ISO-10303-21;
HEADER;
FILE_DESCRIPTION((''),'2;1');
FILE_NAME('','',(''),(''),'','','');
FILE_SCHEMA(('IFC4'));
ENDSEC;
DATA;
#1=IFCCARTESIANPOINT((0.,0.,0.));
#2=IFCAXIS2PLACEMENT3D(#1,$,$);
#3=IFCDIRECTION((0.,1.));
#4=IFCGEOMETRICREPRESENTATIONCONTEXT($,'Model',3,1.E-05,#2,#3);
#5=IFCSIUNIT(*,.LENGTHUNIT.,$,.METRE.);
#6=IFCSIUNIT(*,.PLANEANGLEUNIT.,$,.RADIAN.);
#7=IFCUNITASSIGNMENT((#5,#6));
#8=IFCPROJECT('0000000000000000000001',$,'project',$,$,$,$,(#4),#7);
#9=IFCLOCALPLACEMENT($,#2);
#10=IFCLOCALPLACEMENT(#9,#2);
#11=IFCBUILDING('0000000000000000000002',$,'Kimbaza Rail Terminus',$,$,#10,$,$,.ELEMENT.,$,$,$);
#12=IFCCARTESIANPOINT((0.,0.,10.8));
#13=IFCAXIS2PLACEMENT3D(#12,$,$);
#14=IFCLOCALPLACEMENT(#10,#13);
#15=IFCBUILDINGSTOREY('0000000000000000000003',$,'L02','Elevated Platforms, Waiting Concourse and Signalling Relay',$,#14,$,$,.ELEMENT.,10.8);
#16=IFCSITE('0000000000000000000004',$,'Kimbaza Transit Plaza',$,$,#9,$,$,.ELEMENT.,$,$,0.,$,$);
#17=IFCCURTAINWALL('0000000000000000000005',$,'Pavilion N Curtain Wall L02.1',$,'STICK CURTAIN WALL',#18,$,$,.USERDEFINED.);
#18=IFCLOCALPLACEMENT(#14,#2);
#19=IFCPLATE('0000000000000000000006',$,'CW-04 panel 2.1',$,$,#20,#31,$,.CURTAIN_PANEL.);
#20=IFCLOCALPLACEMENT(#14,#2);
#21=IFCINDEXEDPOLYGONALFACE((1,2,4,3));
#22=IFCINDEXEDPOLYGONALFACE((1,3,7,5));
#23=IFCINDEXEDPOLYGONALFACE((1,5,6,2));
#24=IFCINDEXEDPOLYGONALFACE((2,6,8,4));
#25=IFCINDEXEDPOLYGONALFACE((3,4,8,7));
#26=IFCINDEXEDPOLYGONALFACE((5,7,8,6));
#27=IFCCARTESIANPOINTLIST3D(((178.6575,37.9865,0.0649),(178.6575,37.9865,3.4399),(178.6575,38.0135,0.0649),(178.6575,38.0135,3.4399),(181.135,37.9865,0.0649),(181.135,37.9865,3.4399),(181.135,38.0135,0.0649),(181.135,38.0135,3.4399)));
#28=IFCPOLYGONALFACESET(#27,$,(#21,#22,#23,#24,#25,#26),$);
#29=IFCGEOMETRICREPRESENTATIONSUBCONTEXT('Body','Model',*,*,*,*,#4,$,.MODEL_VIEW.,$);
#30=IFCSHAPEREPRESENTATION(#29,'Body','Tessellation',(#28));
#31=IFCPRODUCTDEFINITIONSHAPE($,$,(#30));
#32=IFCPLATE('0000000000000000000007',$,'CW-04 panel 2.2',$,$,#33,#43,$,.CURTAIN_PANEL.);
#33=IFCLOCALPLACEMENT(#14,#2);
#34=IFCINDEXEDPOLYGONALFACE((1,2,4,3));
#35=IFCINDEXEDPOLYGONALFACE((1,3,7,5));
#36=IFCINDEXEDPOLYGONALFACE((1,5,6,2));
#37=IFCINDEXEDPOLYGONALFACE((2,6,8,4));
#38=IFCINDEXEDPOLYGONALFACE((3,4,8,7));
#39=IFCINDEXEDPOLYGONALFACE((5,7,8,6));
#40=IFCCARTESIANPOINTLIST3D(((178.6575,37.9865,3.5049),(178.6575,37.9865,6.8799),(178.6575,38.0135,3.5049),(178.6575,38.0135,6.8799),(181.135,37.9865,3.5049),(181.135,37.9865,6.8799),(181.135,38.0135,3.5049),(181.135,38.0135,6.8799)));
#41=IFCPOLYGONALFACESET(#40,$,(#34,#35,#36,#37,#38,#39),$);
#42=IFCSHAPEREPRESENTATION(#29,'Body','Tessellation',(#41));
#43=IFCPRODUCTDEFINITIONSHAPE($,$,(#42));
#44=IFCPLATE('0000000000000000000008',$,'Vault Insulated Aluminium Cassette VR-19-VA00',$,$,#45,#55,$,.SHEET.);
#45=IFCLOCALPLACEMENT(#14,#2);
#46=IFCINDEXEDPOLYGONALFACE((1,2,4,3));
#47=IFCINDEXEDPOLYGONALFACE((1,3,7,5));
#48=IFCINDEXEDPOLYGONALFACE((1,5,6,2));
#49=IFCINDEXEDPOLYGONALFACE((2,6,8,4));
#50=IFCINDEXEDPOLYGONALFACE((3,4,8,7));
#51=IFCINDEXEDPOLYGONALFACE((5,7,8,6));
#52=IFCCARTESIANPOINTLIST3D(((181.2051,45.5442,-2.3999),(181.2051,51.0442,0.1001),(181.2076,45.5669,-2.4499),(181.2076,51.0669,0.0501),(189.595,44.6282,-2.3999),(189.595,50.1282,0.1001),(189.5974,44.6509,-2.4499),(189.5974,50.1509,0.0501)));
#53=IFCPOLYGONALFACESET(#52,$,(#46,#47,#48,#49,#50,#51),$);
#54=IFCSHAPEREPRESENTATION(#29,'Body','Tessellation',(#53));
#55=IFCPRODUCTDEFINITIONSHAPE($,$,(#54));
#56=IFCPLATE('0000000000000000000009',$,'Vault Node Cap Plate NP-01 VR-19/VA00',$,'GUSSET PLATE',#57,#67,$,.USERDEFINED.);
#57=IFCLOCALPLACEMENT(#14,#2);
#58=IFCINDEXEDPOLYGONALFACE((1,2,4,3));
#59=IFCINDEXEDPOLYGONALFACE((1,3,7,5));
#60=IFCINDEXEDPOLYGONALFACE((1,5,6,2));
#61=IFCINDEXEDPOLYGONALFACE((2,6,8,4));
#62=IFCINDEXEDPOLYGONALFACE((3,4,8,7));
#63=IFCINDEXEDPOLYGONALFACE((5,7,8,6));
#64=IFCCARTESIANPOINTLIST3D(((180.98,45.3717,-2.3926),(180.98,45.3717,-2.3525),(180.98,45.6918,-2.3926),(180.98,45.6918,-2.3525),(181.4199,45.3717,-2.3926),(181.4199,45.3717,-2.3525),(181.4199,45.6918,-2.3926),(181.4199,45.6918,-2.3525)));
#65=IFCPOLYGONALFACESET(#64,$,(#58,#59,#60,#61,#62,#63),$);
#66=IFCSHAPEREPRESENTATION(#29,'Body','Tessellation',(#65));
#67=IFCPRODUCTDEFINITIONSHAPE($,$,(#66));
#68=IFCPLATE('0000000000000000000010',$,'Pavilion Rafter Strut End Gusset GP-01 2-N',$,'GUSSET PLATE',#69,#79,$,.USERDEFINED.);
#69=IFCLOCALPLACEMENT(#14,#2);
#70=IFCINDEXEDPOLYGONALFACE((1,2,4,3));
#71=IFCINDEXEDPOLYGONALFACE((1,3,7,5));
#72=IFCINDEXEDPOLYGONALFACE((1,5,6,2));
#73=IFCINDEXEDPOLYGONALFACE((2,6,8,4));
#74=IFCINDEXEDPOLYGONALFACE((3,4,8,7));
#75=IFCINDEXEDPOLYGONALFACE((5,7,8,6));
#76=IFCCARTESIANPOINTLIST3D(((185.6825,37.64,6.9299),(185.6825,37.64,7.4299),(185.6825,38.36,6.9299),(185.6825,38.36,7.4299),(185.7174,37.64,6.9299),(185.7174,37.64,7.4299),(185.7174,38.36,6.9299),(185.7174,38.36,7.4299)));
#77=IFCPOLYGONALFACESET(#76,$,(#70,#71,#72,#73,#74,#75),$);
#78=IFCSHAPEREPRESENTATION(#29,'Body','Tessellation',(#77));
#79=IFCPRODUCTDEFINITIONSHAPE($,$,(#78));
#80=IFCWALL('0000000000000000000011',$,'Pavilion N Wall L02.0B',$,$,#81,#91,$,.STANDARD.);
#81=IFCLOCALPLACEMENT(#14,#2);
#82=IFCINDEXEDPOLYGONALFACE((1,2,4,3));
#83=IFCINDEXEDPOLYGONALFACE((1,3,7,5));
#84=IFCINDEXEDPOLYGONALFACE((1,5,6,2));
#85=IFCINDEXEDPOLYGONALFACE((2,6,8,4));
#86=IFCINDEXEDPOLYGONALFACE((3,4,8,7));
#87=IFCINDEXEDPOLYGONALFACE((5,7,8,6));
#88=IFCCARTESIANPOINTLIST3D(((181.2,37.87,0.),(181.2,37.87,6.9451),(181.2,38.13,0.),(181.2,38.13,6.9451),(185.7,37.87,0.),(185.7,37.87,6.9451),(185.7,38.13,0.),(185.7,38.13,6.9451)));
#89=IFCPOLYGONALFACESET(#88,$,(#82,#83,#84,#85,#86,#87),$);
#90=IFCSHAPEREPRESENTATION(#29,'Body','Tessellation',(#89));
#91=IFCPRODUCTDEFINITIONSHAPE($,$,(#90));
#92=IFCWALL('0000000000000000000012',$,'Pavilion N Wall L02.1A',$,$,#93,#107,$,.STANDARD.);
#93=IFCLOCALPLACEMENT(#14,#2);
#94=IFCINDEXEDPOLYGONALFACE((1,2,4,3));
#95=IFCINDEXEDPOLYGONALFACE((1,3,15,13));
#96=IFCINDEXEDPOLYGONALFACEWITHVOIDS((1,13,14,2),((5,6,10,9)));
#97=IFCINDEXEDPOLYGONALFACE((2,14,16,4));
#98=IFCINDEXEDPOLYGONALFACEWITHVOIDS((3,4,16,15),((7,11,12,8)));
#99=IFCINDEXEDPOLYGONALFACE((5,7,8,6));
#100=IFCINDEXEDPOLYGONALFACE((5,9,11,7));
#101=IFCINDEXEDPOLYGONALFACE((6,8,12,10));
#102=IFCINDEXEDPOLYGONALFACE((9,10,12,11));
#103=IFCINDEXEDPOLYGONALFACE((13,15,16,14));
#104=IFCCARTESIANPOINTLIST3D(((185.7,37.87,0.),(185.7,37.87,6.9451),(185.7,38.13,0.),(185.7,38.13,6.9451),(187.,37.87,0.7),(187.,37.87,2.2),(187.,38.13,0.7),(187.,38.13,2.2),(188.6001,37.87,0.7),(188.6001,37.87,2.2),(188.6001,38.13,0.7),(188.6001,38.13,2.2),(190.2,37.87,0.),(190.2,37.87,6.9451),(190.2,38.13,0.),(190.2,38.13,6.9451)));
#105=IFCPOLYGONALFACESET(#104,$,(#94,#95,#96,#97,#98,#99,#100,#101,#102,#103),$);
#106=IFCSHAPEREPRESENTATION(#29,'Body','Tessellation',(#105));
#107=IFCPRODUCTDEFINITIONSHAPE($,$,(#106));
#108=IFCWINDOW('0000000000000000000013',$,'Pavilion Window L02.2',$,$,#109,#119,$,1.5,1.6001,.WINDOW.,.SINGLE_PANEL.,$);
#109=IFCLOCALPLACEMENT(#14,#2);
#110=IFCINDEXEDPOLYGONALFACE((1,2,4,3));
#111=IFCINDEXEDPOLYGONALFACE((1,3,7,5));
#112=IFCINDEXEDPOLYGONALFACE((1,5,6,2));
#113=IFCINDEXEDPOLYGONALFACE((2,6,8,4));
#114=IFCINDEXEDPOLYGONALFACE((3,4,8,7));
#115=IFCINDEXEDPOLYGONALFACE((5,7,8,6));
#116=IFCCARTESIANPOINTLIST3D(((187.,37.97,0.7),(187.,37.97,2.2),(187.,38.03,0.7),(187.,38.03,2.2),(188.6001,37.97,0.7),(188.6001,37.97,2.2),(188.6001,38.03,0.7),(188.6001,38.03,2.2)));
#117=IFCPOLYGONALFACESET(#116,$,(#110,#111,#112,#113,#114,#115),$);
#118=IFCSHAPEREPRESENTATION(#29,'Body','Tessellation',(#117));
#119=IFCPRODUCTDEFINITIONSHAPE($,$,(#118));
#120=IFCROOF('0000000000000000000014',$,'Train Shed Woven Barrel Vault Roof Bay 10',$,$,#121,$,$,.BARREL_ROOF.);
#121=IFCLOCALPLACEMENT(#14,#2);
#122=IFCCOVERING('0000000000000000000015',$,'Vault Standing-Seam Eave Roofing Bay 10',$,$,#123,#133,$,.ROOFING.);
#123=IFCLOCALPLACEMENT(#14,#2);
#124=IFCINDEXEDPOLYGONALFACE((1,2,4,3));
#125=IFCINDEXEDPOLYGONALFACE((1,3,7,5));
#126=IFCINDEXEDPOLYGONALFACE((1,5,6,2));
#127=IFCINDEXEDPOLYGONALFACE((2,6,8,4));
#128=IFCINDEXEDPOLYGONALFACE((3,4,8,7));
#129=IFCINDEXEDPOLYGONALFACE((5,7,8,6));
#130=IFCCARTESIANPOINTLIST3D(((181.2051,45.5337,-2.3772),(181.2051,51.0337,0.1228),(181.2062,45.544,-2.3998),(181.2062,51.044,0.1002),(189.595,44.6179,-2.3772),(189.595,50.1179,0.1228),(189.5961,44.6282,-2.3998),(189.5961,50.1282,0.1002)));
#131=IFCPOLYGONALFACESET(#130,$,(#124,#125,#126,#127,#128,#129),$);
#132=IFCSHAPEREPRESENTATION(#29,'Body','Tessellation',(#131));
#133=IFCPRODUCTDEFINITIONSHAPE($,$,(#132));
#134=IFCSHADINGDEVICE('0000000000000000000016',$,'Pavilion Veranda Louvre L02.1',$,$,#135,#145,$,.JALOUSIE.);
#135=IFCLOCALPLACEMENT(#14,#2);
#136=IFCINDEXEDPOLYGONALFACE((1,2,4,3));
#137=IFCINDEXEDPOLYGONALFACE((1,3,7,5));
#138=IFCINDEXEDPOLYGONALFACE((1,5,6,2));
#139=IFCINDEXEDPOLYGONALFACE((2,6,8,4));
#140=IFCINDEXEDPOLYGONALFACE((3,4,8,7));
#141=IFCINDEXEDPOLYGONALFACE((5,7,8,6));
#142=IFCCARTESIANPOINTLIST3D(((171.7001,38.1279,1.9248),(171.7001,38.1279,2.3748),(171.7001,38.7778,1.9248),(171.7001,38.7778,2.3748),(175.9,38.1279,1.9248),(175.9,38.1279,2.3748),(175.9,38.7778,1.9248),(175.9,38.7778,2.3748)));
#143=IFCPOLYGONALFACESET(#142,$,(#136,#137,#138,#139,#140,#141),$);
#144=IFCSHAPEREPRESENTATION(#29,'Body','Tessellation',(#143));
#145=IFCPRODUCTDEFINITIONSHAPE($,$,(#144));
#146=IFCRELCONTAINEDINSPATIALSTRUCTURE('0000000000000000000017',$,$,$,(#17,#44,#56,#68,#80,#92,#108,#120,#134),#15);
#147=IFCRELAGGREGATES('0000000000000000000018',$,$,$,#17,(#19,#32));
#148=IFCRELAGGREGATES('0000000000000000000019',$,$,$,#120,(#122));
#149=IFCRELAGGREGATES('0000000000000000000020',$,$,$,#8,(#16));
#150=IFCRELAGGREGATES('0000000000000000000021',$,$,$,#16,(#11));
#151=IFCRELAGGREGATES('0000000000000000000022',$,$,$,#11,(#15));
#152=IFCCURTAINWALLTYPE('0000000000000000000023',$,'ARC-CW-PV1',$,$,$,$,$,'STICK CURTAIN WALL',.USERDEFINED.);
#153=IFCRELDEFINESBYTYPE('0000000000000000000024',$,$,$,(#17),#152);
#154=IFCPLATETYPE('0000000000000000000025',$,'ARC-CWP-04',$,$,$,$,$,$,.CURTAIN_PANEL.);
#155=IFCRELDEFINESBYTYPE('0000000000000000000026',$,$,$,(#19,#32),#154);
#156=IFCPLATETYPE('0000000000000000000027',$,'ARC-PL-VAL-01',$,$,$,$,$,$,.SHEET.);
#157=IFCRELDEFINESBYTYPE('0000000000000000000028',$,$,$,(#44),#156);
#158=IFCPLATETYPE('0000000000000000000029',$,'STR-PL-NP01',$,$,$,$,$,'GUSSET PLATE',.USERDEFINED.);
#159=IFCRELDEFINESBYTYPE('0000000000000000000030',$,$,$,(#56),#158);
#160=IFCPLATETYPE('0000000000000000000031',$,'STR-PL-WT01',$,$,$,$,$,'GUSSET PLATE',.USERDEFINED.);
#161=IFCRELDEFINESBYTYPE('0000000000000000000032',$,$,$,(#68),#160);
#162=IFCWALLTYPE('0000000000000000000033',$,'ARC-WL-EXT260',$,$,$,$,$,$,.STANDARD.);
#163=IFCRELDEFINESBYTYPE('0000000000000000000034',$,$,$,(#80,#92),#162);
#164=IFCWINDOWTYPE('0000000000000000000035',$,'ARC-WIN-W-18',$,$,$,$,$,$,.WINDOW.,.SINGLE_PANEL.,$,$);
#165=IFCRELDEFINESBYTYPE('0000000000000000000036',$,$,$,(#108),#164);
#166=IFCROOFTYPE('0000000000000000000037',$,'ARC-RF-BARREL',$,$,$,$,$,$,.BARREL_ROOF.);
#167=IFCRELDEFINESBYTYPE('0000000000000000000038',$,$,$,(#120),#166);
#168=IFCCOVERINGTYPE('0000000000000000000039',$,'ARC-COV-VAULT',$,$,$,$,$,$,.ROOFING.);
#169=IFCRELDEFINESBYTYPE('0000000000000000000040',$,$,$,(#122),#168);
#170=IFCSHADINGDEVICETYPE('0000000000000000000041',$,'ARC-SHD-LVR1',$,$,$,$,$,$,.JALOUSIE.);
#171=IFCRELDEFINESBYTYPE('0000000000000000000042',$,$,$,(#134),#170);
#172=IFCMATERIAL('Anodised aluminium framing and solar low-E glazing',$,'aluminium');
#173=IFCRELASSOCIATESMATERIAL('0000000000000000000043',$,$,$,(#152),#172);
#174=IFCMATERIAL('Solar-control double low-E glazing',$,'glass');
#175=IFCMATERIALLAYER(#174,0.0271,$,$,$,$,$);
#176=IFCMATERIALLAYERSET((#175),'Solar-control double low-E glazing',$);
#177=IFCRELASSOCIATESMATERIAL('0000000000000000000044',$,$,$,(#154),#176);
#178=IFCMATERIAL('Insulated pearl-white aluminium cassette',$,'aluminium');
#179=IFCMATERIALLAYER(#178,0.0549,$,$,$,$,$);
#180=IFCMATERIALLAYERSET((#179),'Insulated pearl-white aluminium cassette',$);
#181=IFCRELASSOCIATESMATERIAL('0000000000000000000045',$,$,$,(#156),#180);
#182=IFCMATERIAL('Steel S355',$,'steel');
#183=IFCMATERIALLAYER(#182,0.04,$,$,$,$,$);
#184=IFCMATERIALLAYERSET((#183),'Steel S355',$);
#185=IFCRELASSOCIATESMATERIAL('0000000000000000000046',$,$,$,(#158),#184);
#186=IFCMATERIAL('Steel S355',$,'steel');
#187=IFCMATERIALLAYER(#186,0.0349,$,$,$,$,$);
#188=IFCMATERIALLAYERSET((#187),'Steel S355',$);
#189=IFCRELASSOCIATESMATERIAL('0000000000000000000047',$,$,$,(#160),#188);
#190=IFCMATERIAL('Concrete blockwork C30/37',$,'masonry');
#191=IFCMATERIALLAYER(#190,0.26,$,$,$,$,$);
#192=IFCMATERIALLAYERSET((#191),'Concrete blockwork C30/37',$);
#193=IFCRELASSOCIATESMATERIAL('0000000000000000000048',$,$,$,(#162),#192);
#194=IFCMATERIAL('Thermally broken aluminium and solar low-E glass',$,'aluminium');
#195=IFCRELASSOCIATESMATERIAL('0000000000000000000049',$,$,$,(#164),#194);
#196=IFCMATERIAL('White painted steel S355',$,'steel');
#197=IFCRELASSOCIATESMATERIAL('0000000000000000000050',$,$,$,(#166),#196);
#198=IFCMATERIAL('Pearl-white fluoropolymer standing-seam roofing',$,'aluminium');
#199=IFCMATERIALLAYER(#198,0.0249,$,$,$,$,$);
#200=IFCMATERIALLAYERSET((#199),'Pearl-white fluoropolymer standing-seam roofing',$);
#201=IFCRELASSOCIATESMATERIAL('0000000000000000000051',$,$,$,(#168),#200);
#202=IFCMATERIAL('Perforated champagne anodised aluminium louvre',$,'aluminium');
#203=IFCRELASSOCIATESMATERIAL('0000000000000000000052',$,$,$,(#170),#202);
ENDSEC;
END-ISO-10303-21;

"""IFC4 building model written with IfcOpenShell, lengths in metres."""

from ifc_helpers import new_model, si_unit, direction, frame, frame_2d, origin, origin_2d, place, context, subcontext, project, spatial, polyline, rectangle, outline, extrude, material, layer, layer_set, type_object, element, fill, aggregate, save


model = new_model("IFC4")

# Units and contexts
model_context = context("Model", 3, precision=1e-05, world=origin(), true_north=direction((0.0, 1.0)))
body_context = subcontext(model_context, "Body", "Model", "MODEL_VIEW")
ifc_project = project(units=[si_unit("LENGTHUNIT", "METRE"), si_unit("PLANEANGLEUNIT", "RADIAN")], contexts=[model_context])

# Site, building, storey
site_placement = place(None, origin())
site = spatial("IfcSite", under=ifc_project, at=site_placement, Name="Kimbaza Transit Plaza", CompositionType="ELEMENT", RefElevation=0.0)
building_placement = place(site_placement, origin())
building = spatial("IfcBuilding", under=site, at=building_placement, Name="Kimbaza Rail Terminus", CompositionType="ELEMENT")
storey_placement = place(building_placement, frame((0.0, 0.0, 10.8)))
storey = spatial("IfcBuildingStorey", under=building, at=storey_placement, Name="L02", Description="Elevated Platforms, Waiting Concourse and Signalling Relay", CompositionType="ELEMENT", Elevation=10.8)

# Curtain wall
ifc_material_1 = material(Name="Anodised aluminium framing and solar low-E glazing", Category="aluminium")
curtain_wall_type = type_object("IfcCurtainWallType", Name="ARC-CW-PV1", ElementType="STICK CURTAIN WALL", PredefinedType="USERDEFINED", material=ifc_material_1)
curtain_wall_placement = place(storey_placement, origin())
curtain_wall = element("IfcCurtainWall", 1, at=curtain_wall_placement, inside=storey, type_object=curtain_wall_type, Name="Pavilion N Curtain Wall L02.1", ObjectType="STICK CURTAIN WALL", PredefinedType="USERDEFINED")

# Plates
ifc_material_2 = material(Name="Solar-control double low-E glazing", Category="glass")
ifc_layer_1 = layer(ifc_material_2, 0.0271)
ifc_layer_set_1 = layer_set([ifc_layer_1], Name="Solar-control double low-E glazing")
plate_type_1 = type_object("IfcPlateType", Name="ARC-CWP-04", PredefinedType="CURTAIN_PANEL", material=ifc_layer_set_1)
plate_1_placement = place(storey_placement, frame((179.8962, 38.0, 0.0649), z_axis=(0.0, 0.0, 1.0), x_axis=(1.0, 0.0, 0.0)))
plate_1 = element("IfcPlate", 2, at=plate_1_placement, type_object=plate_type_1, Name="CW-04 panel 2.1", PredefinedType="CURTAIN_PANEL", context=body_context, shape_type="SweptSolid", body=[
    extrude(rectangle(XDim=2.4775, YDim=0.0271, at=origin_2d()), origin(), (0.0, 0.0, 1.0), 3.375),
])
plate_2_placement = place(storey_placement, frame((179.8962, 38.0, 3.5049), z_axis=(0.0, 0.0, 1.0), x_axis=(1.0, 0.0, 0.0)))
plate_2 = element("IfcPlate", 3, at=plate_2_placement, type_object=plate_type_1, Name="CW-04 panel 2.2", PredefinedType="CURTAIN_PANEL", context=body_context, shape_type="SweptSolid", body=[
    extrude(rectangle(XDim=2.4775, YDim=0.0271, at=origin_2d()), origin(), (0.0, 0.0, 1.0), 3.375),
])
aggregate(curtain_wall, [plate_1, plate_2])

# Plates
ifc_material_3 = material(Name="Insulated pearl-white aluminium cassette", Category="aluminium")
ifc_layer_2 = layer(ifc_material_3, 0.0549)
ifc_layer_set_2 = layer_set([ifc_layer_2], Name="Insulated pearl-white aluminium cassette")
plate_type_2 = type_object("IfcPlateType", Name="ARC-PL-VAL-01", PredefinedType="SHEET", material=ifc_layer_set_2)
plate_3_placement = place(storey_placement, frame((181.2051, 45.5442, -2.3999), z_axis=(-0.045133, -0.413381, 0.909439), x_axis=(0.994093, -0.108536, 0.0)))
element("IfcPlate", 4, at=plate_3_placement, inside=storey, type_object=plate_type_2, Name="Vault Insulated Aluminium Cassette VR-19-VA00", PredefinedType="SHEET", context=body_context, shape_type="SweptSolid", body=[
    extrude(outline(polyline([(0.0, 0.0), (8.4398, 0.0), (7.8428, 6.012), (-0.5969, 6.012), (0.0, 0.0)])), origin(), (0.0, 0.0, -1.0), 0.0549),
])
ifc_material_4 = material(Name="Steel S355", Category="steel")
ifc_layer_3 = layer(ifc_material_4, 0.04)
ifc_layer_set_3 = layer_set([ifc_layer_3], Name="Steel S355")
plate_type_3 = type_object("IfcPlateType", Name="STR-PL-NP01", ElementType="GUSSET PLATE", PredefinedType="USERDEFINED", material=ifc_layer_set_3)
plate_4_placement = place(storey_placement, frame((181.2, 45.5317, -2.3926), z_axis=(0.0, 0.0, 1.0), x_axis=(1.0, 0.0, 0.0)))
element("IfcPlate", 5, at=plate_4_placement, inside=storey, type_object=plate_type_3, Name="Vault Node Cap Plate NP-01 VR-19/VA00", ObjectType="GUSSET PLATE", PredefinedType="USERDEFINED", context=body_context, shape_type="SweptSolid", body=[
    extrude(rectangle(XDim=0.4399, YDim=0.3201, at=origin_2d()), origin(), (0.0, 0.0, 1.0), 0.04),
])
ifc_material_5 = material(Name="Steel S355", Category="steel")
ifc_layer_4 = layer(ifc_material_5, 0.0349)
ifc_layer_set_4 = layer_set([ifc_layer_4], Name="Steel S355")
plate_type_4 = type_object("IfcPlateType", Name="STR-PL-WT01", ElementType="GUSSET PLATE", PredefinedType="USERDEFINED", material=ifc_layer_set_4)
plate_5_placement = place(storey_placement, frame((185.7, 38.0, 6.9299), z_axis=(0.0, 0.0, 1.0), x_axis=(1.0, 0.0, 0.0)))
element("IfcPlate", 6, at=plate_5_placement, inside=storey, type_object=plate_type_4, Name="Pavilion Rafter Strut End Gusset GP-01 2-N", ObjectType="GUSSET PLATE", PredefinedType="USERDEFINED", context=body_context, shape_type="SweptSolid", body=[
    extrude(rectangle(XDim=0.0349, YDim=0.72, at=origin_2d()), origin(), (0.0, 0.0, 1.0), 0.5),
])

# Wall
ifc_material_6 = material(Name="Concrete blockwork C30/37", Category="masonry")
ifc_layer_5 = layer(ifc_material_6, 0.26)
ifc_layer_set_5 = layer_set([ifc_layer_5], Name="Concrete blockwork C30/37")
wall_type = type_object("IfcWallType", Name="ARC-WL-EXT260", PredefinedType="STANDARD", material=ifc_layer_set_5)
wall_1_placement = place(storey_placement, frame((181.2, 38.0, 0.0), z_axis=(0.0, 0.0, 1.0), x_axis=(1.0, 0.0, 0.0)))
element("IfcWall", 7, at=wall_1_placement, inside=storey, type_object=wall_type, Name="Pavilion N Wall L02.0B", PredefinedType="STANDARD", context=body_context, shape_type="SweptSolid", body=[
    extrude(rectangle(XDim=4.5, YDim=0.26, at=frame_2d((2.25, 0.0))), origin(), (0.0, 0.0, 1.0), 6.9451),
])

# Wall, opening, window
wall_2_placement = place(storey_placement, frame((185.7, 38.0, 0.0), z_axis=(0.0, 0.0, 1.0), x_axis=(1.0, 0.0, 0.0)))
wall_2 = element("IfcWall", 8, at=wall_2_placement, inside=storey, type_object=wall_type, Name="Pavilion N Wall L02.1A", PredefinedType="STANDARD", context=body_context, shape_type="SweptSolid", body=[
    extrude(rectangle(XDim=4.5, YDim=0.26, at=frame_2d((2.25, 0.0))), origin(), (0.0, 0.0, 1.0), 6.9451),
])
opening_placement = place(wall_2_placement, frame((1.3, 0.0, 0.7)))
opening = element("IfcOpeningElement", 9, at=opening_placement, cuts=wall_2, PredefinedType="OPENING", context=body_context, shape_type="SweptSolid", body=[
    extrude(rectangle(XDim=1.6001, YDim=1.5, at=frame_2d((0.8, 0.75))), frame((0.0, 0.1399, 0.0), z_axis=(0.0, -1.0, 0.0), x_axis=(1.0, 0.0, 0.0)), (0.0, 0.0, 1.0), 0.28),
])
ifc_material_7 = material(Name="Thermally broken aluminium and solar low-E glass", Category="aluminium")
window_type = type_object("IfcWindowType", Name="ARC-WIN-W-18", PartitioningType="SINGLE_PANEL", PredefinedType="WINDOW", material=ifc_material_7)
window_placement = place(opening_placement, origin())
window = element("IfcWindow", 10, at=window_placement, inside=storey, type_object=window_type, Name="Pavilion Window L02.2", OverallHeight=1.5, OverallWidth=1.6001, PartitioningType="SINGLE_PANEL", PredefinedType="WINDOW", context=body_context, shape_type="SweptSolid", body=[
    extrude(rectangle(XDim=1.6001, YDim=1.5, at=frame_2d((0.8, 0.75))), frame((0.0, 0.03, 0.0), z_axis=(0.0, -1.0, 0.0), x_axis=(1.0, 0.0, 0.0)), (0.0, 0.0, 1.0), 0.0601),
])
fill(opening, window)

# Roof, covering
ifc_material_8 = material(Name="White painted steel S355", Category="steel")
roof_type = type_object("IfcRoofType", Name="ARC-RF-BARREL", PredefinedType="BARREL_ROOF", material=ifc_material_8)
roof_placement = place(storey_placement, origin())
roof = element("IfcRoof", 11, at=roof_placement, inside=storey, type_object=roof_type, Name="Train Shed Woven Barrel Vault Roof Bay 10", PredefinedType="BARREL_ROOF")
ifc_material_9 = material(Name="Pearl-white fluoropolymer standing-seam roofing", Category="aluminium")
ifc_layer_6 = layer(ifc_material_9, 0.0249)
ifc_layer_set_6 = layer_set([ifc_layer_6], Name="Pearl-white fluoropolymer standing-seam roofing")
covering_type = type_object("IfcCoveringType", Name="ARC-COV-VAULT", PredefinedType="ROOFING", material=ifc_layer_set_6)
covering_placement = place(storey_placement, frame((181.2051, 45.5337, -2.3772), z_axis=(-0.045121, -0.413381, 0.909439), x_axis=(0.994096, -0.108507, 0.0)))
covering = element("IfcCovering", 12, at=covering_placement, type_object=covering_type, Name="Vault Standing-Seam Eave Roofing Bay 10", PredefinedType="ROOFING", context=body_context, shape_type="SweptSolid", body=[
    extrude(outline(polyline([(0.0, 0.0), (8.4397, 0.0), (7.8429, 6.012), (-0.5968, 6.012), (0.0, 0.0)])), origin(), (0.0, 0.0, -1.0), 0.0249),
])
aggregate(roof, [covering])

# Shading device
ifc_material_10 = material(Name="Perforated champagne anodised aluminium louvre", Category="aluminium")
shading_device_type = type_object("IfcShadingDeviceType", Name="ARC-SHD-LVR1", PredefinedType="JALOUSIE", material=ifc_material_10)
shading_device_placement = place(storey_placement, frame((173.8, 38.4529, 1.9248), z_axis=(0.0, 0.0, 1.0), x_axis=(1.0, 0.0, 0.0)))
element("IfcShadingDevice", 13, at=shading_device_placement, inside=storey, type_object=shading_device_type, Name="Pavilion Veranda Louvre L02.1", PredefinedType="JALOUSIE", context=body_context, shape_type="SweptSolid", body=[
    extrude(rectangle(XDim=4.2, YDim=0.6499, at=origin_2d()), origin(), (0.0, 0.0, 1.0), 0.45),
])

save(model, "model.ifc")
